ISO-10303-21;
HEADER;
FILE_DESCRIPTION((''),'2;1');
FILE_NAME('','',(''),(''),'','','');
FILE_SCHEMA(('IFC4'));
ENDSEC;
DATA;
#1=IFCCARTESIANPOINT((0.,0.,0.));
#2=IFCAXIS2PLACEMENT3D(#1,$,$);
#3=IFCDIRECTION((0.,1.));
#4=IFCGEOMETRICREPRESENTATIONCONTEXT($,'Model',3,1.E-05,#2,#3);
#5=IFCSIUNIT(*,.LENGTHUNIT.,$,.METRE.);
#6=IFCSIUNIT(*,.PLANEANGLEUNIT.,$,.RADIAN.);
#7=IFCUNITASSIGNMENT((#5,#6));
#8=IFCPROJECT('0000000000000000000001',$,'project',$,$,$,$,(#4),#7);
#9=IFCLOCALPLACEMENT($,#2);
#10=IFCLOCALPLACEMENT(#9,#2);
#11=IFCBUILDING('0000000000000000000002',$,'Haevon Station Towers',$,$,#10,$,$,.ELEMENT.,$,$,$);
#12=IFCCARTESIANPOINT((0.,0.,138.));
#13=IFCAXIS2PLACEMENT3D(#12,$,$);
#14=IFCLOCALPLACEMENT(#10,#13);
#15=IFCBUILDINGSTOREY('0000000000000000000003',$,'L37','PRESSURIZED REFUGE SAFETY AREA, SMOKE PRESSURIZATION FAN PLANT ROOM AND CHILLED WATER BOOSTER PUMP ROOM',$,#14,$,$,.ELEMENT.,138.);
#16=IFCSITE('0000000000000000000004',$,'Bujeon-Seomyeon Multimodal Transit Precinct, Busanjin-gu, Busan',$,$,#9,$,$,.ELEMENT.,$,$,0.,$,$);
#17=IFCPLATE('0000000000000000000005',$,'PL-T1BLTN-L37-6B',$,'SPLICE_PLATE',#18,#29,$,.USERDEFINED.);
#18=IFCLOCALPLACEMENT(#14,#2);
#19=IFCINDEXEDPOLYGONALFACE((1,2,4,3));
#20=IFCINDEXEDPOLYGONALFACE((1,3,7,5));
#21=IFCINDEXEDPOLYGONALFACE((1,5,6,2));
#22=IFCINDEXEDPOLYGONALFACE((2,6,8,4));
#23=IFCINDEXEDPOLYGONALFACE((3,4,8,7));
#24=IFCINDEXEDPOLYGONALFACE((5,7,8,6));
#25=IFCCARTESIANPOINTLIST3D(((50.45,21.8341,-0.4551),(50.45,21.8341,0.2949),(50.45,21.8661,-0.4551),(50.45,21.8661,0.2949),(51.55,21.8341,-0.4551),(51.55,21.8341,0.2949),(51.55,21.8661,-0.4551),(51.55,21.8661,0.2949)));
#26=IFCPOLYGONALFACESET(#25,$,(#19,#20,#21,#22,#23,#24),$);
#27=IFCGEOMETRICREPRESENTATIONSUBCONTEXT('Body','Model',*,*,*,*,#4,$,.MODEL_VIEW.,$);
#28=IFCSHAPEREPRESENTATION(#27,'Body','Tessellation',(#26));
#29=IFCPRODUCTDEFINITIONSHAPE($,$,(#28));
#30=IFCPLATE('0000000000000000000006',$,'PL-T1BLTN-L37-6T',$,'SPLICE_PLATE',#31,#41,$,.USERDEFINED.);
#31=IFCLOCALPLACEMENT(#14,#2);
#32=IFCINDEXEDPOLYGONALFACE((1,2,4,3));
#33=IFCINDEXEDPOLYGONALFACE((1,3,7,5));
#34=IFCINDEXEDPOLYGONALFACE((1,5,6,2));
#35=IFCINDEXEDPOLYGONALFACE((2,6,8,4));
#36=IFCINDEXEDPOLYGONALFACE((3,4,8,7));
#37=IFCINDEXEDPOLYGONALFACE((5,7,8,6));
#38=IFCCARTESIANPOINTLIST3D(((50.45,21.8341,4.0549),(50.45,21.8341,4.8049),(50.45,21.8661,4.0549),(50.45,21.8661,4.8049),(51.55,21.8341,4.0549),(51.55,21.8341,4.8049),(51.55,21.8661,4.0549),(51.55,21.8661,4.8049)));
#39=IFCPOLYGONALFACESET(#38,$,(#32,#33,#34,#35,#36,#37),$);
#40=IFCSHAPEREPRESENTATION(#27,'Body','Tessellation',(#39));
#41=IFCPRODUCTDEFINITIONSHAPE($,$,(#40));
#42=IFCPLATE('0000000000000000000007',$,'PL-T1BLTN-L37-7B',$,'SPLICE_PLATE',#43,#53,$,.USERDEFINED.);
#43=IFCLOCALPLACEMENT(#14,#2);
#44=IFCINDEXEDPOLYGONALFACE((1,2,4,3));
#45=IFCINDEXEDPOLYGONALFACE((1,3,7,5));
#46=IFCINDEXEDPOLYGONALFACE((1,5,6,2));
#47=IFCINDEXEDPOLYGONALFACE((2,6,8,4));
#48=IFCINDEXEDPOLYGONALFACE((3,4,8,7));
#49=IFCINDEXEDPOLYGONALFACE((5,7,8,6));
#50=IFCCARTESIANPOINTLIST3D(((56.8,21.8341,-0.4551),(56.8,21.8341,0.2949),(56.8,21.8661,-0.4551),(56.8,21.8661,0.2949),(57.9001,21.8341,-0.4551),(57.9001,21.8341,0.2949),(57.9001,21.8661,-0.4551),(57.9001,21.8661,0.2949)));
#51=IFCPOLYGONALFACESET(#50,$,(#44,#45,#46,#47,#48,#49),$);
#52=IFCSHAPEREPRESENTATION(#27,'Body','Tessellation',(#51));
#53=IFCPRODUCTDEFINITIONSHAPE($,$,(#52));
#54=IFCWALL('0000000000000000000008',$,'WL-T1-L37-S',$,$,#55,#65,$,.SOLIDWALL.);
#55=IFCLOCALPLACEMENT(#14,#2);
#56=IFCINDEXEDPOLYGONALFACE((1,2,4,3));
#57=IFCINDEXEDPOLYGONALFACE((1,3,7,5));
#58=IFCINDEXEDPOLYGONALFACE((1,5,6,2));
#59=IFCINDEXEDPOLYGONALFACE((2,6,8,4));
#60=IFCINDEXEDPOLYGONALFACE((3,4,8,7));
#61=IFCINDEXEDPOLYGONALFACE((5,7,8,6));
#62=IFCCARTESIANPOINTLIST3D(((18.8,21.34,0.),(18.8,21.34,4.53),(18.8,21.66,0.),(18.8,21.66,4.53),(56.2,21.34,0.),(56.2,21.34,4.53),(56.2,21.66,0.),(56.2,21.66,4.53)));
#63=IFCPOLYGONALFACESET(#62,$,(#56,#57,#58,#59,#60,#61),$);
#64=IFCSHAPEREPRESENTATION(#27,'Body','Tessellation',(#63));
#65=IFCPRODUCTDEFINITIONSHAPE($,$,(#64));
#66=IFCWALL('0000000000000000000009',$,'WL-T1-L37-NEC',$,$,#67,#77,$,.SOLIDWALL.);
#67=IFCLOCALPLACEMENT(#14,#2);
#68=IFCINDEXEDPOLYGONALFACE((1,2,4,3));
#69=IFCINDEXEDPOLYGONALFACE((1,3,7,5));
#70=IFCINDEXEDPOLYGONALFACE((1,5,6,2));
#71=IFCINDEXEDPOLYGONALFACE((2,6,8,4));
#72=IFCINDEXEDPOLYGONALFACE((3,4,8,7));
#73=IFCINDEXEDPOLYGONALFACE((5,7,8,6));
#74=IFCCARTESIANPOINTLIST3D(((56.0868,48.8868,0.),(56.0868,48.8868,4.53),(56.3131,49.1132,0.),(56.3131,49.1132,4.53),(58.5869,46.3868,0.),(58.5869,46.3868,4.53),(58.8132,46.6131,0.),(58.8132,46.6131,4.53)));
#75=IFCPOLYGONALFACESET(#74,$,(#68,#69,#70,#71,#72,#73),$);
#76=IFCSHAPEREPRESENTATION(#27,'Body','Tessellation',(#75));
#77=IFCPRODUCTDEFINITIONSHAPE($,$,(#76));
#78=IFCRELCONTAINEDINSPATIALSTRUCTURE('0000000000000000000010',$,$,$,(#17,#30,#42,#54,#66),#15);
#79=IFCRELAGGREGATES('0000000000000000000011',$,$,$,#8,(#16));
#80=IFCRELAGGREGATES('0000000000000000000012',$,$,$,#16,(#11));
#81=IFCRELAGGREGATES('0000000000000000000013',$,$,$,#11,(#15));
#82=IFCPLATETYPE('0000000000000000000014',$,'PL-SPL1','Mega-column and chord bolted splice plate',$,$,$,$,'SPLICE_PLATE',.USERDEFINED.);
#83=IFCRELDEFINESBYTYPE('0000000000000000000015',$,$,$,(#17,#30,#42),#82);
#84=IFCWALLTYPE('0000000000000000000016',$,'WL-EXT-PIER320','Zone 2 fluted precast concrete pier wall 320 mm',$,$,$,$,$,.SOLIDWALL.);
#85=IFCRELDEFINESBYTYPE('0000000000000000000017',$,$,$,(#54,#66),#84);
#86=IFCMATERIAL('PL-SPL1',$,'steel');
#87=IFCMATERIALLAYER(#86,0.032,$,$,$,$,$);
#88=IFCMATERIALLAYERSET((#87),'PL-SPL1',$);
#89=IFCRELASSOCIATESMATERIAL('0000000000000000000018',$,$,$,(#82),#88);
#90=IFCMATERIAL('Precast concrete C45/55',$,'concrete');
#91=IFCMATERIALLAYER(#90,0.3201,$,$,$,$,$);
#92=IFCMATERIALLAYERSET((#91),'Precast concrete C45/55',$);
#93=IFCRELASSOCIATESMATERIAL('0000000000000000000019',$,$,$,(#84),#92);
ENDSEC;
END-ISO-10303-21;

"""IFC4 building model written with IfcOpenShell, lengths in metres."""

from ifc_helpers import new_model, si_unit, direction, frame, frame_2d, origin, origin_2d, place, context, subcontext, project, spatial, rectangle, extrude, material, layer, layer_set, type_object, element, save


model = new_model("IFC4")

# Units and contexts
model_context = context("Model", 3, precision=1e-05, world=origin(), true_north=direction((0.0, 1.0)))
body_context = subcontext(model_context, "Body", "Model", "MODEL_VIEW")
ifc_project = project(units=[si_unit("LENGTHUNIT", "METRE"), si_unit("PLANEANGLEUNIT", "RADIAN")], contexts=[model_context])

# Site, building, storey
site_placement = place(None, origin())
site = spatial("IfcSite", under=ifc_project, at=site_placement, Name="Bujeon-Seomyeon Multimodal Transit Precinct, Busanjin-gu, Busan", CompositionType="ELEMENT", RefElevation=0.0)
building_placement = place(site_placement, origin())
building = spatial("IfcBuilding", under=site, at=building_placement, Name="Haevon Station Towers", CompositionType="ELEMENT")
storey_placement = place(building_placement, frame((0.0, 0.0, 138.0)))
storey = spatial("IfcBuildingStorey", under=building, at=storey_placement, Name="L37", Description="PRESSURIZED REFUGE SAFETY AREA, SMOKE PRESSURIZATION FAN PLANT ROOM AND CHILLED WATER BOOSTER PUMP ROOM", CompositionType="ELEMENT", Elevation=138.0)

# Plates
ifc_material_1 = material(Name="PL-SPL1", Category="steel")
ifc_layer_1 = layer(ifc_material_1, 0.032)
ifc_layer_set_1 = layer_set([ifc_layer_1], Name="PL-SPL1")
plate_type_1 = type_object("IfcPlateType", Name="PL-SPL1", Description="Mega-column and chord bolted splice plate", ElementType="SPLICE_PLATE", PredefinedType="USERDEFINED", material=ifc_layer_set_1)
for number, where, z_axis, x_axis, name in (
    (1, (51.0, 21.8501, -0.4551), (0.0, 0.0, 1.0), (1.0, 0.0, 0.0), "PL-T1BLTN-L37-6B"),
    (2, (51.0, 21.8501, 4.0549), (0.0, 0.0, 1.0), (1.0, 0.0, 0.0), "PL-T1BLTN-L37-6T"),
    (3, (57.3501, 21.8501, -0.4551), (0.0, 0.0, 1.0), (1.0, 0.0, 0.0), "PL-T1BLTN-L37-7B"),
):
    element("IfcPlate", number, at=place(storey_placement, frame(where, z_axis=z_axis, x_axis=x_axis)), inside=storey, type_object=plate_type_1, Name=name, ObjectType="SPLICE_PLATE", PredefinedType="USERDEFINED", context=body_context, shape_type="SweptSolid", body=[
        extrude(rectangle(XDim=1.1001, YDim=0.032, at=origin_2d()), origin(), (0.0, 0.0, 1.0), 0.75),
    ])

# Walls
ifc_material_2 = material(Name="Precast concrete C45/55", Category="concrete")
ifc_layer_2 = layer(ifc_material_2, 0.3201)
ifc_layer_set_2 = layer_set([ifc_layer_2], Name="Precast concrete C45/55")
wall_type = type_object("IfcWallType", Name="WL-EXT-PIER320", Description="Zone 2 fluted precast concrete pier wall 320 mm", PredefinedType="SOLIDWALL", material=ifc_layer_set_2)
wall_1_placement = place(storey_placement, frame((56.2, 21.5, 0.0), z_axis=(0.0, 0.0, 1.0), x_axis=(-1.0, 0.0, 0.0)))
element("IfcWall", 4, at=wall_1_placement, inside=storey, type_object=wall_type, Name="WL-T1-L37-S", PredefinedType="SOLIDWALL", context=body_context, shape_type="SweptSolid", body=[
    extrude(rectangle(XDim=37.3999, YDim=0.3201, at=frame_2d((18.7, 0.0))), origin(), (0.0, 0.0, 1.0), 4.53),
])
wall_2_placement = place(storey_placement, frame((56.2, 49.0, 0.0), z_axis=(0.0, 0.0, 1.0), x_axis=(0.707107, -0.707107, 0.0)))
element("IfcWall", 5, at=wall_2_placement, inside=storey, type_object=wall_type, Name="WL-T1-L37-NEC", PredefinedType="SOLIDWALL", context=body_context, shape_type="SweptSolid", body=[
    extrude(rectangle(XDim=3.5356, YDim=0.3201, at=frame_2d((1.7678, 0.0))), origin(), (0.0, 0.0, 1.0), 4.53),
])

save(model, "model.ifc")
